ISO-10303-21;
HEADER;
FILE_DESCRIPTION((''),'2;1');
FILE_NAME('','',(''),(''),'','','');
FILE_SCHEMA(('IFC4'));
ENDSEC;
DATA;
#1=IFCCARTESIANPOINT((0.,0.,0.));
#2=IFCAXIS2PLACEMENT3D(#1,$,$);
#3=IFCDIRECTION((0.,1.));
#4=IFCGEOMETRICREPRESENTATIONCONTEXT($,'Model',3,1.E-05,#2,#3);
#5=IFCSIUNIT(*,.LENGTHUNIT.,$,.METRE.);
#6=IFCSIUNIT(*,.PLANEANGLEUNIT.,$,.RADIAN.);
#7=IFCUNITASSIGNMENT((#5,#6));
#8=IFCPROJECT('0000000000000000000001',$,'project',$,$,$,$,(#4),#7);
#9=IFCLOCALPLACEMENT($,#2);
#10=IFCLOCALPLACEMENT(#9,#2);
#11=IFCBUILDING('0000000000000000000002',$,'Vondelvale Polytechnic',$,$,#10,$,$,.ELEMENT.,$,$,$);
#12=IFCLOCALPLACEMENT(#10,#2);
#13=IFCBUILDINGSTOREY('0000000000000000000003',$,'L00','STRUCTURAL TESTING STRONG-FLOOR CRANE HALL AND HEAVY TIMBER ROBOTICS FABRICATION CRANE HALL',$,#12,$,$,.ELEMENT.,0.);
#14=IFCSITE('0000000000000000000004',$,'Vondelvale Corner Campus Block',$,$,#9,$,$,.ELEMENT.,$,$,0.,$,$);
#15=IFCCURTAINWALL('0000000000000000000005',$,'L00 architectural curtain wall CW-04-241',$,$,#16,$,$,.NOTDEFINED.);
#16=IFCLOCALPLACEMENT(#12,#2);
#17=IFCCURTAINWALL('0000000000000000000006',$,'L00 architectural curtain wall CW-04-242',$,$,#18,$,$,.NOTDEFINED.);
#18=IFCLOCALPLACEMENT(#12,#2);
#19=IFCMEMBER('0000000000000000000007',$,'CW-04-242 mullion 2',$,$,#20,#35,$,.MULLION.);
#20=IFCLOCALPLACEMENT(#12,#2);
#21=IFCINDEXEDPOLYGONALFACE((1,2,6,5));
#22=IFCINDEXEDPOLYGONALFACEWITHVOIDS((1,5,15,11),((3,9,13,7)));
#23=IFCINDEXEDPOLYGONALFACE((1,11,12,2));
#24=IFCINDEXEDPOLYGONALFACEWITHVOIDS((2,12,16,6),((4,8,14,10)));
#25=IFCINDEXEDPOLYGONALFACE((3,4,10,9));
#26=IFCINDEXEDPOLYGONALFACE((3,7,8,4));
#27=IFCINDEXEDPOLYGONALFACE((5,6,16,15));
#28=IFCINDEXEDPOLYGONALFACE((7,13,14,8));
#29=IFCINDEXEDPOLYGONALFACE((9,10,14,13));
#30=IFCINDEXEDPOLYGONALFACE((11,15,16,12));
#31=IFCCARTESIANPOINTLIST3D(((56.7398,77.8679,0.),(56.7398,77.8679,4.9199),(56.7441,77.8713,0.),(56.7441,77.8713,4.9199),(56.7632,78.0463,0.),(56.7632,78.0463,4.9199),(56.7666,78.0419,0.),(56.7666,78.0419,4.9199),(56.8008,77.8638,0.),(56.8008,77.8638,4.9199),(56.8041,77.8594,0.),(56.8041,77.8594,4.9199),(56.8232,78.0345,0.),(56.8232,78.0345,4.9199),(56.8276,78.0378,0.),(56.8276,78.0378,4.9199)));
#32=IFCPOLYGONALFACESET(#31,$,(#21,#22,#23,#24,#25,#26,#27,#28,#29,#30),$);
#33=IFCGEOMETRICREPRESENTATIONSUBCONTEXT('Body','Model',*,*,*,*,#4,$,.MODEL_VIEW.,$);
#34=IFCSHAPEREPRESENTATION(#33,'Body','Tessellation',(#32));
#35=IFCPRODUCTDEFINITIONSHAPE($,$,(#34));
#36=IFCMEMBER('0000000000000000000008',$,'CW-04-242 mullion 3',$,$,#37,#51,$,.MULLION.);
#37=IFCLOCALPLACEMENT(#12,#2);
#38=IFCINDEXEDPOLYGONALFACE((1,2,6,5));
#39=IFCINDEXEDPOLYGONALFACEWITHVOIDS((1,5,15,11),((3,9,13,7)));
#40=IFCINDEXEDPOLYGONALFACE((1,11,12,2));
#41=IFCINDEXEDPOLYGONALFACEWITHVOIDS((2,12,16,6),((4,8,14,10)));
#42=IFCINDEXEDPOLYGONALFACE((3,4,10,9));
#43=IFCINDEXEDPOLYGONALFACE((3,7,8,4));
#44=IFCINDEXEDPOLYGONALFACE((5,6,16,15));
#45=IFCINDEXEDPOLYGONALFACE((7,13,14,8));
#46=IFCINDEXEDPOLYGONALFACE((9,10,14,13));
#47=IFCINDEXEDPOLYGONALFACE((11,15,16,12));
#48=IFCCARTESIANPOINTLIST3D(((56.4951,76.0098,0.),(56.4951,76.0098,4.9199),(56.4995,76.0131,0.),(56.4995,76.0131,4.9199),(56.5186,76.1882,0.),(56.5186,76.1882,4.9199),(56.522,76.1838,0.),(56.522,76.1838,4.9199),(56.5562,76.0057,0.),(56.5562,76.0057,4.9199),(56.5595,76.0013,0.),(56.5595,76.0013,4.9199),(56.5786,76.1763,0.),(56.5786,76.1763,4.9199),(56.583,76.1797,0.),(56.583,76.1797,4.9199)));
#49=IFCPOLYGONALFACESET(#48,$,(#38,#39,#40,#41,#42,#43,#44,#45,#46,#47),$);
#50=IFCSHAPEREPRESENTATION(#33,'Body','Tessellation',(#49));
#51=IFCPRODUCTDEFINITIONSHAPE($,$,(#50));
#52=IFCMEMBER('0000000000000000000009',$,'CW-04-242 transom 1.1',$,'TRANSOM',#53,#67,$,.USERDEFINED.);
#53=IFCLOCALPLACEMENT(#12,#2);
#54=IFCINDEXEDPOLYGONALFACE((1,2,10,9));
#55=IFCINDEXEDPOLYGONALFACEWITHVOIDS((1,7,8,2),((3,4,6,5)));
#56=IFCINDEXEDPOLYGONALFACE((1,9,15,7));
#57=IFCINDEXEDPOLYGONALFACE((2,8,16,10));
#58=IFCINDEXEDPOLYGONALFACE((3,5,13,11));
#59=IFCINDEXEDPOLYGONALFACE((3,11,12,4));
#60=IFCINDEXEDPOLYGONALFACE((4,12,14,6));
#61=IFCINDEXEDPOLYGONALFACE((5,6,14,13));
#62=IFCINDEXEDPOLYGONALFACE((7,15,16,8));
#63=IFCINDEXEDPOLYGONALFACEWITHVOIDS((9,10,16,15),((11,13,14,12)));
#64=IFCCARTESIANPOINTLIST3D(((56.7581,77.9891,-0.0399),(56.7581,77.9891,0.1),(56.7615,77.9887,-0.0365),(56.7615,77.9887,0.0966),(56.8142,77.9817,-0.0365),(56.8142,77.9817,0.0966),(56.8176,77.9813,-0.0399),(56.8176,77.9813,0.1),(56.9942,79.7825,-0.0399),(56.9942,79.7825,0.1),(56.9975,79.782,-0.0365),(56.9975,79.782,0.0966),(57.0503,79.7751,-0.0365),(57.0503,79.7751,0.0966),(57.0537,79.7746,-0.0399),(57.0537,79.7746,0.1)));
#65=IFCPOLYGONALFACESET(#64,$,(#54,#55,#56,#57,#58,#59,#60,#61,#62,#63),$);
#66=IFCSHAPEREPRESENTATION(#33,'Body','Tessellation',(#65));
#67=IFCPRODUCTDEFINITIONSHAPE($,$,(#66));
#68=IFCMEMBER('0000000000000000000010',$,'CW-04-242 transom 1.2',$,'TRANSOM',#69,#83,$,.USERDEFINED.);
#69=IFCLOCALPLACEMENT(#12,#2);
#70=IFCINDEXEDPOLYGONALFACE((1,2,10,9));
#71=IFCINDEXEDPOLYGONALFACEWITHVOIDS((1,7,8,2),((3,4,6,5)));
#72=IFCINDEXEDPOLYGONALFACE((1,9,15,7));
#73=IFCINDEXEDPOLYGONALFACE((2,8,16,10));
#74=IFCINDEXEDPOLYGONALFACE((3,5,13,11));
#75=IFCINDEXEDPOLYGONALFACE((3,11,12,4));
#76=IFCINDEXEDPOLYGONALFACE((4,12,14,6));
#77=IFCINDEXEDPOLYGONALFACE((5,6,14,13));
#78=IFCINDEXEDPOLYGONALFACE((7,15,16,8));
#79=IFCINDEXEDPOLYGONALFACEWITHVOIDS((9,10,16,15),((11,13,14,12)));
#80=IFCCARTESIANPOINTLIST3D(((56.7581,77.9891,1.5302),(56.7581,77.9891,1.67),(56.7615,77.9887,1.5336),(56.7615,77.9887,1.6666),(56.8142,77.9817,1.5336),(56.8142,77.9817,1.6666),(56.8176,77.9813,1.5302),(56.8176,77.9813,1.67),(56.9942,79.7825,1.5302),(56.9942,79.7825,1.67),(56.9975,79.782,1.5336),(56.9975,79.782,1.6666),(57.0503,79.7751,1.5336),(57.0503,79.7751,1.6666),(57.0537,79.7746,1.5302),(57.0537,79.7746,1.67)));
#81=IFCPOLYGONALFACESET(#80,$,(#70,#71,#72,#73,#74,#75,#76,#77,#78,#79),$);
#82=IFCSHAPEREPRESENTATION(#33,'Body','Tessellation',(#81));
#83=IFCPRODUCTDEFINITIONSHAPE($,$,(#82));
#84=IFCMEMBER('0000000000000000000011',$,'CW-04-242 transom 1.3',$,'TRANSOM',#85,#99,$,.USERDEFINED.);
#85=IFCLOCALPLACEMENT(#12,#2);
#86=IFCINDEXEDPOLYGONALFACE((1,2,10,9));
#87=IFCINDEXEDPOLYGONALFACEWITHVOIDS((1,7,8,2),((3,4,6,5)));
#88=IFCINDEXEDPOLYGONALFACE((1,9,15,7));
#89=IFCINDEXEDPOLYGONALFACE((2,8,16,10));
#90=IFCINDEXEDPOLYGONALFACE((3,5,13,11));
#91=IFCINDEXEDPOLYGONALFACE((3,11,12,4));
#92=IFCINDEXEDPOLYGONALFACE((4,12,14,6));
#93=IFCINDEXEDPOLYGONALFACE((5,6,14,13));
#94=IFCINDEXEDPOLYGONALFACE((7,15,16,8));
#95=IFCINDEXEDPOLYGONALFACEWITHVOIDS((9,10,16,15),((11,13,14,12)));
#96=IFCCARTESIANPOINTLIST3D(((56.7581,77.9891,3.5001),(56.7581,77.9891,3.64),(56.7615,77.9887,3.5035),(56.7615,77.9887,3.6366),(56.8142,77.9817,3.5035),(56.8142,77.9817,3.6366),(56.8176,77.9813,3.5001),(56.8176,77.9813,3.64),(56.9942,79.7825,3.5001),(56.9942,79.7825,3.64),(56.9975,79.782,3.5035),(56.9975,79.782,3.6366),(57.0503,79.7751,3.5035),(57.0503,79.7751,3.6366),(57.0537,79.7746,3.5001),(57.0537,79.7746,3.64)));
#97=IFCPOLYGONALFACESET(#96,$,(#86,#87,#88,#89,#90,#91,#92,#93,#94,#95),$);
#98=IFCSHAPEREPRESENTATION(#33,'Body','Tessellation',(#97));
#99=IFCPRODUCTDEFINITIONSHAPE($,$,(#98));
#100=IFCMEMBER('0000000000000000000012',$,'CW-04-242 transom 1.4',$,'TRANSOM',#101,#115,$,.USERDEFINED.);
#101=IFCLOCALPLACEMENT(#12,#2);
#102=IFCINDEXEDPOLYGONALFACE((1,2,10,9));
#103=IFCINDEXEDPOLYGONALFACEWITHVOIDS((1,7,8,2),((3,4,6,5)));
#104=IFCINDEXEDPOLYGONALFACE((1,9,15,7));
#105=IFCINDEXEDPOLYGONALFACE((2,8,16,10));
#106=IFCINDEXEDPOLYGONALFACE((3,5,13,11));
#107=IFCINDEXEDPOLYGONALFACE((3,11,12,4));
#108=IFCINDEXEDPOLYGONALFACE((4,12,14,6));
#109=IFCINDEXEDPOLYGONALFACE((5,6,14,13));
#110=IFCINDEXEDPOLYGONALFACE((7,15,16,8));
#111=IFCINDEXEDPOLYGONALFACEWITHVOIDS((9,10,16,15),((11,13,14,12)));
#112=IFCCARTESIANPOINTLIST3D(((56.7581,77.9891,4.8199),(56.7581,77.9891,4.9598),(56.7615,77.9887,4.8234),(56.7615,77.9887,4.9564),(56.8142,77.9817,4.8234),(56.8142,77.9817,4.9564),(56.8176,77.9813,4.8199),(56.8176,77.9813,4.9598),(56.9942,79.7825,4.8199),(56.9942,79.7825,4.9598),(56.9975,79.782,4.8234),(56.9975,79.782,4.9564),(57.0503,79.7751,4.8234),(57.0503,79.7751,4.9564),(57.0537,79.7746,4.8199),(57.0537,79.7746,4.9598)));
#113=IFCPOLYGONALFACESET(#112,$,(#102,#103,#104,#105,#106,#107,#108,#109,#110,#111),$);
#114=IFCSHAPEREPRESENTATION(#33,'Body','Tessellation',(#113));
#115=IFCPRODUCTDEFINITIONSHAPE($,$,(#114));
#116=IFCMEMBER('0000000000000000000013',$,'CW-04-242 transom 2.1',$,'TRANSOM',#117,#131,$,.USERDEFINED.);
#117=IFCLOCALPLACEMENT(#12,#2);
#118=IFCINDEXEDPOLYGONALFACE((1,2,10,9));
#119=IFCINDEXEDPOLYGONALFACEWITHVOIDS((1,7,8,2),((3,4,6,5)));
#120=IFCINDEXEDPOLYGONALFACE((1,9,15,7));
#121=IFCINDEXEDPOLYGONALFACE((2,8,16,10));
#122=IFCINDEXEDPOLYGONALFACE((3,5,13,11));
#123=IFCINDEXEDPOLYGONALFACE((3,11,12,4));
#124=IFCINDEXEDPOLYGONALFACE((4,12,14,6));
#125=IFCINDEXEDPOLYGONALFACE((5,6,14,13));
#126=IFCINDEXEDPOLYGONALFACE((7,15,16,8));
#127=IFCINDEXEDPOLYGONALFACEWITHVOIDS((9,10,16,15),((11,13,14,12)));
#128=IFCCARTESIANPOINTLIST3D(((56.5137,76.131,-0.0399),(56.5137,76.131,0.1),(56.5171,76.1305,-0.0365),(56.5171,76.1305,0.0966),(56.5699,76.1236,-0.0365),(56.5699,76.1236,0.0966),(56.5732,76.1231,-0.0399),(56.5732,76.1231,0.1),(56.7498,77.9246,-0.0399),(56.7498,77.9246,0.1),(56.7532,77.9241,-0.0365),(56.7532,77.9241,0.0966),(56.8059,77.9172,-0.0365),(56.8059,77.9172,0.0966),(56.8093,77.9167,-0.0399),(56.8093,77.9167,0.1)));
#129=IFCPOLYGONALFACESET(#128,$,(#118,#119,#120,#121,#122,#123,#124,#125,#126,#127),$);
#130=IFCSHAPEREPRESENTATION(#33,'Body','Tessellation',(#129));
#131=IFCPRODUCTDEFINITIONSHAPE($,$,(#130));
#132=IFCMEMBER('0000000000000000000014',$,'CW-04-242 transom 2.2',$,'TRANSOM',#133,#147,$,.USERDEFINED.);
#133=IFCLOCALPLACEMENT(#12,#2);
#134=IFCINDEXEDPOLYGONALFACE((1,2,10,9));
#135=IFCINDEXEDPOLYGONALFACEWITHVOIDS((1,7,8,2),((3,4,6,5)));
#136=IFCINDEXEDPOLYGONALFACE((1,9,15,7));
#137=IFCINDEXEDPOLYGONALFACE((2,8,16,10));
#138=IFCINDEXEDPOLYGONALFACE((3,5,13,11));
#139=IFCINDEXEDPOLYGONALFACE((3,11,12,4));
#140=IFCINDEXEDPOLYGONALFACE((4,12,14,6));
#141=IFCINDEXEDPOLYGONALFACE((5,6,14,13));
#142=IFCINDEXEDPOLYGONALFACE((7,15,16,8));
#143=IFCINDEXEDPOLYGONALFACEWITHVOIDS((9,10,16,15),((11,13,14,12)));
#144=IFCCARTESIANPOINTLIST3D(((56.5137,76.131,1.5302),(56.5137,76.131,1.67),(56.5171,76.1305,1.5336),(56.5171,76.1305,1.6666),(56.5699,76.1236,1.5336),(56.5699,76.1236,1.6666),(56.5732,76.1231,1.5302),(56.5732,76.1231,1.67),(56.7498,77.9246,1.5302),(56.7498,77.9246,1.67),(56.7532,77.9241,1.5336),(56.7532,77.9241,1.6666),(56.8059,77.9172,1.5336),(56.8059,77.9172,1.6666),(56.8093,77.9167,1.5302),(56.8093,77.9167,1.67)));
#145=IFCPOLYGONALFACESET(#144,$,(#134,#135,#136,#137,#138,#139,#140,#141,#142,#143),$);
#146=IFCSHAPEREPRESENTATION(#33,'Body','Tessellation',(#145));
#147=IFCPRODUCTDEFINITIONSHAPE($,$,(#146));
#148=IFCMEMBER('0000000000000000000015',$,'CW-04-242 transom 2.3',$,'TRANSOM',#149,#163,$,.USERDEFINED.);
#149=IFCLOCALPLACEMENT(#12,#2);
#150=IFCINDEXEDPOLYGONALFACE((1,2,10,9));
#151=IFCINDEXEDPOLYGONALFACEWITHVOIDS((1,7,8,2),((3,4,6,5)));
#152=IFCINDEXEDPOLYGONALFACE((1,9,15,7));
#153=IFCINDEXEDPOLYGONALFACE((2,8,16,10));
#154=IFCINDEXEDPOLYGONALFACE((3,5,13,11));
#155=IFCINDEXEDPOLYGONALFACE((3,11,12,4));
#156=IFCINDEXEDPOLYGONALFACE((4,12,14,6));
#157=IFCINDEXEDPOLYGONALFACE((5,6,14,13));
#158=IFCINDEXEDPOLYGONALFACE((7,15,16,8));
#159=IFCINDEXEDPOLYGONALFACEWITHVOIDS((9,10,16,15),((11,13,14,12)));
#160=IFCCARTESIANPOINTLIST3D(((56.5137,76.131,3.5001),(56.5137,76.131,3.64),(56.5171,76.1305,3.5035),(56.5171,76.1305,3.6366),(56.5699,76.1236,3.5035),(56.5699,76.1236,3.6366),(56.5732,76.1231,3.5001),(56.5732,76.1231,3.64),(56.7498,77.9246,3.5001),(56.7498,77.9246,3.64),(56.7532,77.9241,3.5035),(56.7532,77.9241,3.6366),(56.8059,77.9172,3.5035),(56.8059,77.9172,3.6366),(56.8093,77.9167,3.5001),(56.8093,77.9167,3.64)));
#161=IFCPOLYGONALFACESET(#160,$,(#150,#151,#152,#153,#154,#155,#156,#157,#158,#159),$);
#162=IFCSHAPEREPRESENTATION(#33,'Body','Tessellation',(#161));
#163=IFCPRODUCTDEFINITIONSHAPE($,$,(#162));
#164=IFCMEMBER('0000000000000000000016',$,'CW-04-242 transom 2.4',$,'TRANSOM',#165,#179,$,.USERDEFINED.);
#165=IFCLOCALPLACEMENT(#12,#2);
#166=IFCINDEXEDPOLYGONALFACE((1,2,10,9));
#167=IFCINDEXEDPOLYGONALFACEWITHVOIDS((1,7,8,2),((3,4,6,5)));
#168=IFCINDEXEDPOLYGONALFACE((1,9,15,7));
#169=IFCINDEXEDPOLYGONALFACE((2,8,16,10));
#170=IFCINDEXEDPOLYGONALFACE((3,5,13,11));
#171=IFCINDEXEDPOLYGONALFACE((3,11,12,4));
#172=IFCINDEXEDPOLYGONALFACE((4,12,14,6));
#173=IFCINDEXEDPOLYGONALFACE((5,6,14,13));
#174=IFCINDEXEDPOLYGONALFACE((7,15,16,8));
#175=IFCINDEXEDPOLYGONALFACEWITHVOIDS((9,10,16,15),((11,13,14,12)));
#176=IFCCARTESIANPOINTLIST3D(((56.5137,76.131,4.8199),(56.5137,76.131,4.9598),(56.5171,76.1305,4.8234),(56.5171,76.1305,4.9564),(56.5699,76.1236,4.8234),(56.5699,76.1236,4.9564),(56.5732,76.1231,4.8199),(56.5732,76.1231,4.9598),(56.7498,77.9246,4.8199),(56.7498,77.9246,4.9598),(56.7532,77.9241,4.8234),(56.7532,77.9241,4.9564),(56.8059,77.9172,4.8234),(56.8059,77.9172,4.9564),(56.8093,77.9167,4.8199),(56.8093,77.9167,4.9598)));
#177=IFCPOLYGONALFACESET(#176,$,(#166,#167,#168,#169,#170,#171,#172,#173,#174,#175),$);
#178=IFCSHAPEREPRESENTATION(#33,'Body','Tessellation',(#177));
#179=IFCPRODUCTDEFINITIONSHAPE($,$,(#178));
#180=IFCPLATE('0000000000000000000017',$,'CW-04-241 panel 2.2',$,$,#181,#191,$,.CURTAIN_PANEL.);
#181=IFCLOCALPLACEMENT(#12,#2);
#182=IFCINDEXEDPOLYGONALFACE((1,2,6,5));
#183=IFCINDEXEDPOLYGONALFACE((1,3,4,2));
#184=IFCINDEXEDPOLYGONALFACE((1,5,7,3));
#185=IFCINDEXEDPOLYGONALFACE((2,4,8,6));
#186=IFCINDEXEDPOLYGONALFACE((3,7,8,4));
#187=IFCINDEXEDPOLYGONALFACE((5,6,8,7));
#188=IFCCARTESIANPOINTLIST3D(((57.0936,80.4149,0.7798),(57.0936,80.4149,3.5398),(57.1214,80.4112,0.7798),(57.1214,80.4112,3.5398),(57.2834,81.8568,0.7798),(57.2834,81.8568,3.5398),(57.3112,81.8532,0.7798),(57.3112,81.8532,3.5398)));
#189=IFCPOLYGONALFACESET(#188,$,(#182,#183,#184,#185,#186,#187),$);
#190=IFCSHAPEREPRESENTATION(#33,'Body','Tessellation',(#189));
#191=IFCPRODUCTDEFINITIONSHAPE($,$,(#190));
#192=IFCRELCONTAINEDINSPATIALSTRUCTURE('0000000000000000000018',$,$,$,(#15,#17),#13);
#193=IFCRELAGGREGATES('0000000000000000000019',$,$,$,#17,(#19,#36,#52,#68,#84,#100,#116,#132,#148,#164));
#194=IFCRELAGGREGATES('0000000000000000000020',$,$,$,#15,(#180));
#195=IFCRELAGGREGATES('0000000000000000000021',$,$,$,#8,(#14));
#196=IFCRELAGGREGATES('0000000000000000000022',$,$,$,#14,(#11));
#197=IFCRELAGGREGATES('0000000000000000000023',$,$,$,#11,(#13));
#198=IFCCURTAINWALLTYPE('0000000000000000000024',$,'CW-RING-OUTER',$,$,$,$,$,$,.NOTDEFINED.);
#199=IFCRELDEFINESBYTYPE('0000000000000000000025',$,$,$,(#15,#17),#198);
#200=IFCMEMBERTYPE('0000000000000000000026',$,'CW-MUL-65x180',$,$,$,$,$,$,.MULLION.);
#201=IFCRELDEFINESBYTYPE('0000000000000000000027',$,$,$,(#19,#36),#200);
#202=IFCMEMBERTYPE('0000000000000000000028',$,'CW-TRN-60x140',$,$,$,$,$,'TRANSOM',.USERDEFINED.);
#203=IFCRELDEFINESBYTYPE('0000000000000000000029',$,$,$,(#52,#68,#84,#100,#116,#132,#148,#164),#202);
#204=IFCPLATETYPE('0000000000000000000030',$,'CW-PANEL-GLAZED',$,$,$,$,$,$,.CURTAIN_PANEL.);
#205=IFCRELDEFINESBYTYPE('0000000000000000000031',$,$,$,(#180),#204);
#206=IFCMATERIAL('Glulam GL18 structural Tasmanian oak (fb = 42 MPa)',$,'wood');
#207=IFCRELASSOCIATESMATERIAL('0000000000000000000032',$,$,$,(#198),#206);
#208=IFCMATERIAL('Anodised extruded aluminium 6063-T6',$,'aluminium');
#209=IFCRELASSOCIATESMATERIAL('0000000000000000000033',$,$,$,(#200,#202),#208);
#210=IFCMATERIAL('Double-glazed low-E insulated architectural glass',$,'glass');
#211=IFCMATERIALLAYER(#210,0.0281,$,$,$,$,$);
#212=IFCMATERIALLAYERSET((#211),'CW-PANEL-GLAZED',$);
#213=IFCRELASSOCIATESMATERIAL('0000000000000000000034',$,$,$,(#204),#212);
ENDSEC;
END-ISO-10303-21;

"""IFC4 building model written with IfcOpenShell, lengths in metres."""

from ifc_helpers import new_model, si_unit, direction, frame, origin, origin_2d, place, context, subcontext, project, spatial, rectangle, hollow_rectangle, extrude, material, layer, layer_set, material_profile, profile_set, type_object, element, aggregate, save


model = new_model("IFC4")

# Units and contexts
model_context = context("Model", 3, precision=1e-05, world=origin(), true_north=direction((0.0, 1.0)))
body_context = subcontext(model_context, "Body", "Model", "MODEL_VIEW")
ifc_project = project(units=[si_unit("LENGTHUNIT", "METRE"), si_unit("PLANEANGLEUNIT", "RADIAN")], contexts=[model_context])

# Site, building, storey
site_placement = place(None, origin())
site = spatial("IfcSite", under=ifc_project, at=site_placement, Name="Vondelvale Corner Campus Block", CompositionType="ELEMENT", RefElevation=0.0)
building_placement = place(site_placement, origin())
building = spatial("IfcBuilding", under=site, at=building_placement, Name="Vondelvale Polytechnic", CompositionType="ELEMENT")
storey_placement = place(building_placement, origin())
storey = spatial("IfcBuildingStorey", under=building, at=storey_placement, Name="L00", Description="STRUCTURAL TESTING STRONG-FLOOR CRANE HALL AND HEAVY TIMBER ROBOTICS FABRICATION CRANE HALL", CompositionType="ELEMENT", Elevation=0.0)

# Shared definitions
ifc_material_1 = material(Name="Glulam GL18 structural Tasmanian oak (fb = 42 MPa)", Category="wood")

# Curtain wall
curtain_wall_type = type_object("IfcCurtainWallType", Name="CW-RING-OUTER", PredefinedType="NOTDEFINED", material=ifc_material_1)
curtain_wall_1_placement = place(storey_placement, origin())
curtain_wall_1 = element("IfcCurtainWall", 1, at=curtain_wall_1_placement, inside=storey, type_object=curtain_wall_type, Name="L00 architectural curtain wall CW-04-241", PredefinedType="NOTDEFINED")
ifc_material_2 = material(Name="Anodised extruded aluminium 6063-T6", Category="aluminium")
ifc_material_profile_1 = material_profile(ifc_material_2, hollow_rectangle(XDim=0.0649, YDim=0.1799, WallThickness=0.0039, at=origin_2d()), Name="CW-MUL-180x65")
ifc_profile_set_1 = profile_set([ifc_material_profile_1], Name="Anodised extruded aluminium 6063-T6")
member_type_1 = type_object("IfcMemberType", Name="CW-MUL-65x180", PredefinedType="MULLION", material=ifc_profile_set_1)

# Curtain wall, members
curtain_wall_2_placement = place(storey_placement, origin())
curtain_wall_2 = element("IfcCurtainWall", 2, at=curtain_wall_2_placement, inside=storey, type_object=curtain_wall_type, Name="L00 architectural curtain wall CW-04-242", PredefinedType="NOTDEFINED")
member_1_placement = place(storey_placement, frame((56.7837, 77.9529, 0.0), z_axis=(0.0, 0.0, 1.0), x_axis=(0.991449, -0.130497, 0.0)))
member_1 = element("IfcMember", 3, at=member_1_placement, type_object=member_type_1, Name="CW-04-242 mullion 2", PredefinedType="MULLION", context=body_context, shape_type="SweptSolid", body=[
    extrude(hollow_rectangle(XDim=0.0649, YDim=0.1799, WallThickness=0.0039, at=origin_2d()), origin(), (0.0, 0.0, 1.0), 4.9199),
])
member_2_placement = place(storey_placement, frame((56.5391, 76.0947, 0.0), z_axis=(0.0, 0.0, 1.0), x_axis=(0.991449, -0.130497, 0.0)))
member_2 = element("IfcMember", 4, at=member_2_placement, type_object=member_type_1, Name="CW-04-242 mullion 3", PredefinedType="MULLION", context=body_context, shape_type="SweptSolid", body=[
    extrude(hollow_rectangle(XDim=0.0649, YDim=0.1799, WallThickness=0.0039, at=origin_2d()), origin(), (0.0, 0.0, 1.0), 4.9199),
])
ifc_material_profile_2 = material_profile(ifc_material_2, hollow_rectangle(XDim=0.0601, YDim=0.1399, WallThickness=0.0034, at=origin_2d()), Name="CW-TRN-140x60")
ifc_profile_set_2 = profile_set([ifc_material_profile_2], Name="Anodised extruded aluminium 6063-T6")
member_type_2 = type_object("IfcMemberType", Name="CW-TRN-60x140", ElementType="TRANSOM", PredefinedType="USERDEFINED", material=ifc_profile_set_2)
member_3_placement = place(storey_placement, frame((57.0239, 79.7786, 0.03), z_axis=(-0.13051, -0.991447, 0.0), x_axis=(0.991447, -0.13051, 0.0)))
member_3 = element("IfcMember", 5, at=member_3_placement, type_object=member_type_2, Name="CW-04-242 transom 1.1", ObjectType="TRANSOM", PredefinedType="USERDEFINED", context=body_context, shape_type="SweptSolid", body=[
    extrude(hollow_rectangle(XDim=0.0601, YDim=0.1399, WallThickness=0.0034, at=origin_2d()), origin(), (0.0, 0.0, 1.0), 1.8088),
])
member_4_placement = place(storey_placement, frame((57.0239, 79.7786, 1.6001), z_axis=(-0.13051, -0.991447, 0.0), x_axis=(0.991447, -0.13051, 0.0)))
member_4 = element("IfcMember", 6, at=member_4_placement, type_object=member_type_2, Name="CW-04-242 transom 1.2", ObjectType="TRANSOM", PredefinedType="USERDEFINED", context=body_context, shape_type="SweptSolid", body=[
    extrude(hollow_rectangle(XDim=0.0601, YDim=0.1399, WallThickness=0.0034, at=origin_2d()), origin(), (0.0, 0.0, 1.0), 1.8088),
])
member_5_placement = place(storey_placement, frame((57.0239, 79.7786, 3.5701), z_axis=(-0.13051, -0.991447, 0.0), x_axis=(0.991447, -0.13051, 0.0)))
member_5 = element("IfcMember", 7, at=member_5_placement, type_object=member_type_2, Name="CW-04-242 transom 1.3", ObjectType="TRANSOM", PredefinedType="USERDEFINED", context=body_context, shape_type="SweptSolid", body=[
    extrude(hollow_rectangle(XDim=0.0601, YDim=0.1399, WallThickness=0.0034, at=origin_2d()), origin(), (0.0, 0.0, 1.0), 1.8088),
])
member_6_placement = place(storey_placement, frame((57.0239, 79.7786, 4.8899), z_axis=(-0.13051, -0.991447, 0.0), x_axis=(0.991447, -0.13051, 0.0)))
member_6 = element("IfcMember", 8, at=member_6_placement, type_object=member_type_2, Name="CW-04-242 transom 1.4", ObjectType="TRANSOM", PredefinedType="USERDEFINED", context=body_context, shape_type="SweptSolid", body=[
    extrude(hollow_rectangle(XDim=0.0601, YDim=0.1399, WallThickness=0.0034, at=origin_2d()), origin(), (0.0, 0.0, 1.0), 1.8088),
])
member_7_placement = place(storey_placement, frame((56.7795, 77.9207, 0.03), z_axis=(-0.130493, -0.991449, 0.0), x_axis=(0.991449, -0.130493, 0.0)))
member_7 = element("IfcMember", 9, at=member_7_placement, type_object=member_type_2, Name="CW-04-242 transom 2.1", ObjectType="TRANSOM", PredefinedType="USERDEFINED", context=body_context, shape_type="SweptSolid", body=[
    extrude(hollow_rectangle(XDim=0.0601, YDim=0.1399, WallThickness=0.0034, at=origin_2d()), origin(), (0.0, 0.0, 1.0), 1.8091),
])
member_8_placement = place(storey_placement, frame((56.7795, 77.9207, 1.6001), z_axis=(-0.130493, -0.991449, 0.0), x_axis=(0.991449, -0.130493, 0.0)))
member_8 = element("IfcMember", 10, at=member_8_placement, type_object=member_type_2, Name="CW-04-242 transom 2.2", ObjectType="TRANSOM", PredefinedType="USERDEFINED", context=body_context, shape_type="SweptSolid", body=[
    extrude(hollow_rectangle(XDim=0.0601, YDim=0.1399, WallThickness=0.0034, at=origin_2d()), origin(), (0.0, 0.0, 1.0), 1.8091),
])
member_9_placement = place(storey_placement, frame((56.7795, 77.9207, 3.5701), z_axis=(-0.130493, -0.991449, 0.0), x_axis=(0.991449, -0.130493, 0.0)))
member_9 = element("IfcMember", 11, at=member_9_placement, type_object=member_type_2, Name="CW-04-242 transom 2.3", ObjectType="TRANSOM", PredefinedType="USERDEFINED", context=body_context, shape_type="SweptSolid", body=[
    extrude(hollow_rectangle(XDim=0.0601, YDim=0.1399, WallThickness=0.0034, at=origin_2d()), origin(), (0.0, 0.0, 1.0), 1.8091),
])
member_10_placement = place(storey_placement, frame((56.7795, 77.9207, 4.8899), z_axis=(-0.130493, -0.991449, 0.0), x_axis=(0.991449, -0.130493, 0.0)))
member_10 = element("IfcMember", 12, at=member_10_placement, type_object=member_type_2, Name="CW-04-242 transom 2.4", ObjectType="TRANSOM", PredefinedType="USERDEFINED", context=body_context, shape_type="SweptSolid", body=[
    extrude(hollow_rectangle(XDim=0.0601, YDim=0.1399, WallThickness=0.0034, at=origin_2d()), origin(), (0.0, 0.0, 1.0), 1.8091),
])

# Plate
ifc_material_3 = material(Name="Double-glazed low-E insulated architectural glass", Category="glass")
ifc_layer_1 = layer(ifc_material_3, 0.0281)
ifc_layer_set_1 = layer_set([ifc_layer_1], Name="CW-PANEL-GLAZED")
plate_type_1 = type_object("IfcPlateType", Name="CW-PANEL-GLAZED", PredefinedType="CURTAIN_PANEL", material=ifc_layer_set_1)
plate_1_placement = place(storey_placement, frame((57.2024, 81.134, 0.7798), z_axis=(0.0, 0.0, 1.0), x_axis=(-0.130524, -0.991445, 0.0)))
plate_1 = element("IfcPlate", 13, at=plate_1_placement, type_object=plate_type_1, Name="CW-04-241 panel 2.2", PredefinedType="CURTAIN_PANEL", context=body_context, shape_type="SweptSolid", body=[
    extrude(rectangle(XDim=1.4543, YDim=0.0281, at=origin_2d()), origin(), (0.0, 0.0, 1.0), 2.76),
])
aggregate(curtain_wall_2, [member_1, member_2, member_3, member_4, member_5, member_6, member_7, member_8, member_9, member_10])
aggregate(curtain_wall_1, [plate_1])

save(model, "model.ifc")
